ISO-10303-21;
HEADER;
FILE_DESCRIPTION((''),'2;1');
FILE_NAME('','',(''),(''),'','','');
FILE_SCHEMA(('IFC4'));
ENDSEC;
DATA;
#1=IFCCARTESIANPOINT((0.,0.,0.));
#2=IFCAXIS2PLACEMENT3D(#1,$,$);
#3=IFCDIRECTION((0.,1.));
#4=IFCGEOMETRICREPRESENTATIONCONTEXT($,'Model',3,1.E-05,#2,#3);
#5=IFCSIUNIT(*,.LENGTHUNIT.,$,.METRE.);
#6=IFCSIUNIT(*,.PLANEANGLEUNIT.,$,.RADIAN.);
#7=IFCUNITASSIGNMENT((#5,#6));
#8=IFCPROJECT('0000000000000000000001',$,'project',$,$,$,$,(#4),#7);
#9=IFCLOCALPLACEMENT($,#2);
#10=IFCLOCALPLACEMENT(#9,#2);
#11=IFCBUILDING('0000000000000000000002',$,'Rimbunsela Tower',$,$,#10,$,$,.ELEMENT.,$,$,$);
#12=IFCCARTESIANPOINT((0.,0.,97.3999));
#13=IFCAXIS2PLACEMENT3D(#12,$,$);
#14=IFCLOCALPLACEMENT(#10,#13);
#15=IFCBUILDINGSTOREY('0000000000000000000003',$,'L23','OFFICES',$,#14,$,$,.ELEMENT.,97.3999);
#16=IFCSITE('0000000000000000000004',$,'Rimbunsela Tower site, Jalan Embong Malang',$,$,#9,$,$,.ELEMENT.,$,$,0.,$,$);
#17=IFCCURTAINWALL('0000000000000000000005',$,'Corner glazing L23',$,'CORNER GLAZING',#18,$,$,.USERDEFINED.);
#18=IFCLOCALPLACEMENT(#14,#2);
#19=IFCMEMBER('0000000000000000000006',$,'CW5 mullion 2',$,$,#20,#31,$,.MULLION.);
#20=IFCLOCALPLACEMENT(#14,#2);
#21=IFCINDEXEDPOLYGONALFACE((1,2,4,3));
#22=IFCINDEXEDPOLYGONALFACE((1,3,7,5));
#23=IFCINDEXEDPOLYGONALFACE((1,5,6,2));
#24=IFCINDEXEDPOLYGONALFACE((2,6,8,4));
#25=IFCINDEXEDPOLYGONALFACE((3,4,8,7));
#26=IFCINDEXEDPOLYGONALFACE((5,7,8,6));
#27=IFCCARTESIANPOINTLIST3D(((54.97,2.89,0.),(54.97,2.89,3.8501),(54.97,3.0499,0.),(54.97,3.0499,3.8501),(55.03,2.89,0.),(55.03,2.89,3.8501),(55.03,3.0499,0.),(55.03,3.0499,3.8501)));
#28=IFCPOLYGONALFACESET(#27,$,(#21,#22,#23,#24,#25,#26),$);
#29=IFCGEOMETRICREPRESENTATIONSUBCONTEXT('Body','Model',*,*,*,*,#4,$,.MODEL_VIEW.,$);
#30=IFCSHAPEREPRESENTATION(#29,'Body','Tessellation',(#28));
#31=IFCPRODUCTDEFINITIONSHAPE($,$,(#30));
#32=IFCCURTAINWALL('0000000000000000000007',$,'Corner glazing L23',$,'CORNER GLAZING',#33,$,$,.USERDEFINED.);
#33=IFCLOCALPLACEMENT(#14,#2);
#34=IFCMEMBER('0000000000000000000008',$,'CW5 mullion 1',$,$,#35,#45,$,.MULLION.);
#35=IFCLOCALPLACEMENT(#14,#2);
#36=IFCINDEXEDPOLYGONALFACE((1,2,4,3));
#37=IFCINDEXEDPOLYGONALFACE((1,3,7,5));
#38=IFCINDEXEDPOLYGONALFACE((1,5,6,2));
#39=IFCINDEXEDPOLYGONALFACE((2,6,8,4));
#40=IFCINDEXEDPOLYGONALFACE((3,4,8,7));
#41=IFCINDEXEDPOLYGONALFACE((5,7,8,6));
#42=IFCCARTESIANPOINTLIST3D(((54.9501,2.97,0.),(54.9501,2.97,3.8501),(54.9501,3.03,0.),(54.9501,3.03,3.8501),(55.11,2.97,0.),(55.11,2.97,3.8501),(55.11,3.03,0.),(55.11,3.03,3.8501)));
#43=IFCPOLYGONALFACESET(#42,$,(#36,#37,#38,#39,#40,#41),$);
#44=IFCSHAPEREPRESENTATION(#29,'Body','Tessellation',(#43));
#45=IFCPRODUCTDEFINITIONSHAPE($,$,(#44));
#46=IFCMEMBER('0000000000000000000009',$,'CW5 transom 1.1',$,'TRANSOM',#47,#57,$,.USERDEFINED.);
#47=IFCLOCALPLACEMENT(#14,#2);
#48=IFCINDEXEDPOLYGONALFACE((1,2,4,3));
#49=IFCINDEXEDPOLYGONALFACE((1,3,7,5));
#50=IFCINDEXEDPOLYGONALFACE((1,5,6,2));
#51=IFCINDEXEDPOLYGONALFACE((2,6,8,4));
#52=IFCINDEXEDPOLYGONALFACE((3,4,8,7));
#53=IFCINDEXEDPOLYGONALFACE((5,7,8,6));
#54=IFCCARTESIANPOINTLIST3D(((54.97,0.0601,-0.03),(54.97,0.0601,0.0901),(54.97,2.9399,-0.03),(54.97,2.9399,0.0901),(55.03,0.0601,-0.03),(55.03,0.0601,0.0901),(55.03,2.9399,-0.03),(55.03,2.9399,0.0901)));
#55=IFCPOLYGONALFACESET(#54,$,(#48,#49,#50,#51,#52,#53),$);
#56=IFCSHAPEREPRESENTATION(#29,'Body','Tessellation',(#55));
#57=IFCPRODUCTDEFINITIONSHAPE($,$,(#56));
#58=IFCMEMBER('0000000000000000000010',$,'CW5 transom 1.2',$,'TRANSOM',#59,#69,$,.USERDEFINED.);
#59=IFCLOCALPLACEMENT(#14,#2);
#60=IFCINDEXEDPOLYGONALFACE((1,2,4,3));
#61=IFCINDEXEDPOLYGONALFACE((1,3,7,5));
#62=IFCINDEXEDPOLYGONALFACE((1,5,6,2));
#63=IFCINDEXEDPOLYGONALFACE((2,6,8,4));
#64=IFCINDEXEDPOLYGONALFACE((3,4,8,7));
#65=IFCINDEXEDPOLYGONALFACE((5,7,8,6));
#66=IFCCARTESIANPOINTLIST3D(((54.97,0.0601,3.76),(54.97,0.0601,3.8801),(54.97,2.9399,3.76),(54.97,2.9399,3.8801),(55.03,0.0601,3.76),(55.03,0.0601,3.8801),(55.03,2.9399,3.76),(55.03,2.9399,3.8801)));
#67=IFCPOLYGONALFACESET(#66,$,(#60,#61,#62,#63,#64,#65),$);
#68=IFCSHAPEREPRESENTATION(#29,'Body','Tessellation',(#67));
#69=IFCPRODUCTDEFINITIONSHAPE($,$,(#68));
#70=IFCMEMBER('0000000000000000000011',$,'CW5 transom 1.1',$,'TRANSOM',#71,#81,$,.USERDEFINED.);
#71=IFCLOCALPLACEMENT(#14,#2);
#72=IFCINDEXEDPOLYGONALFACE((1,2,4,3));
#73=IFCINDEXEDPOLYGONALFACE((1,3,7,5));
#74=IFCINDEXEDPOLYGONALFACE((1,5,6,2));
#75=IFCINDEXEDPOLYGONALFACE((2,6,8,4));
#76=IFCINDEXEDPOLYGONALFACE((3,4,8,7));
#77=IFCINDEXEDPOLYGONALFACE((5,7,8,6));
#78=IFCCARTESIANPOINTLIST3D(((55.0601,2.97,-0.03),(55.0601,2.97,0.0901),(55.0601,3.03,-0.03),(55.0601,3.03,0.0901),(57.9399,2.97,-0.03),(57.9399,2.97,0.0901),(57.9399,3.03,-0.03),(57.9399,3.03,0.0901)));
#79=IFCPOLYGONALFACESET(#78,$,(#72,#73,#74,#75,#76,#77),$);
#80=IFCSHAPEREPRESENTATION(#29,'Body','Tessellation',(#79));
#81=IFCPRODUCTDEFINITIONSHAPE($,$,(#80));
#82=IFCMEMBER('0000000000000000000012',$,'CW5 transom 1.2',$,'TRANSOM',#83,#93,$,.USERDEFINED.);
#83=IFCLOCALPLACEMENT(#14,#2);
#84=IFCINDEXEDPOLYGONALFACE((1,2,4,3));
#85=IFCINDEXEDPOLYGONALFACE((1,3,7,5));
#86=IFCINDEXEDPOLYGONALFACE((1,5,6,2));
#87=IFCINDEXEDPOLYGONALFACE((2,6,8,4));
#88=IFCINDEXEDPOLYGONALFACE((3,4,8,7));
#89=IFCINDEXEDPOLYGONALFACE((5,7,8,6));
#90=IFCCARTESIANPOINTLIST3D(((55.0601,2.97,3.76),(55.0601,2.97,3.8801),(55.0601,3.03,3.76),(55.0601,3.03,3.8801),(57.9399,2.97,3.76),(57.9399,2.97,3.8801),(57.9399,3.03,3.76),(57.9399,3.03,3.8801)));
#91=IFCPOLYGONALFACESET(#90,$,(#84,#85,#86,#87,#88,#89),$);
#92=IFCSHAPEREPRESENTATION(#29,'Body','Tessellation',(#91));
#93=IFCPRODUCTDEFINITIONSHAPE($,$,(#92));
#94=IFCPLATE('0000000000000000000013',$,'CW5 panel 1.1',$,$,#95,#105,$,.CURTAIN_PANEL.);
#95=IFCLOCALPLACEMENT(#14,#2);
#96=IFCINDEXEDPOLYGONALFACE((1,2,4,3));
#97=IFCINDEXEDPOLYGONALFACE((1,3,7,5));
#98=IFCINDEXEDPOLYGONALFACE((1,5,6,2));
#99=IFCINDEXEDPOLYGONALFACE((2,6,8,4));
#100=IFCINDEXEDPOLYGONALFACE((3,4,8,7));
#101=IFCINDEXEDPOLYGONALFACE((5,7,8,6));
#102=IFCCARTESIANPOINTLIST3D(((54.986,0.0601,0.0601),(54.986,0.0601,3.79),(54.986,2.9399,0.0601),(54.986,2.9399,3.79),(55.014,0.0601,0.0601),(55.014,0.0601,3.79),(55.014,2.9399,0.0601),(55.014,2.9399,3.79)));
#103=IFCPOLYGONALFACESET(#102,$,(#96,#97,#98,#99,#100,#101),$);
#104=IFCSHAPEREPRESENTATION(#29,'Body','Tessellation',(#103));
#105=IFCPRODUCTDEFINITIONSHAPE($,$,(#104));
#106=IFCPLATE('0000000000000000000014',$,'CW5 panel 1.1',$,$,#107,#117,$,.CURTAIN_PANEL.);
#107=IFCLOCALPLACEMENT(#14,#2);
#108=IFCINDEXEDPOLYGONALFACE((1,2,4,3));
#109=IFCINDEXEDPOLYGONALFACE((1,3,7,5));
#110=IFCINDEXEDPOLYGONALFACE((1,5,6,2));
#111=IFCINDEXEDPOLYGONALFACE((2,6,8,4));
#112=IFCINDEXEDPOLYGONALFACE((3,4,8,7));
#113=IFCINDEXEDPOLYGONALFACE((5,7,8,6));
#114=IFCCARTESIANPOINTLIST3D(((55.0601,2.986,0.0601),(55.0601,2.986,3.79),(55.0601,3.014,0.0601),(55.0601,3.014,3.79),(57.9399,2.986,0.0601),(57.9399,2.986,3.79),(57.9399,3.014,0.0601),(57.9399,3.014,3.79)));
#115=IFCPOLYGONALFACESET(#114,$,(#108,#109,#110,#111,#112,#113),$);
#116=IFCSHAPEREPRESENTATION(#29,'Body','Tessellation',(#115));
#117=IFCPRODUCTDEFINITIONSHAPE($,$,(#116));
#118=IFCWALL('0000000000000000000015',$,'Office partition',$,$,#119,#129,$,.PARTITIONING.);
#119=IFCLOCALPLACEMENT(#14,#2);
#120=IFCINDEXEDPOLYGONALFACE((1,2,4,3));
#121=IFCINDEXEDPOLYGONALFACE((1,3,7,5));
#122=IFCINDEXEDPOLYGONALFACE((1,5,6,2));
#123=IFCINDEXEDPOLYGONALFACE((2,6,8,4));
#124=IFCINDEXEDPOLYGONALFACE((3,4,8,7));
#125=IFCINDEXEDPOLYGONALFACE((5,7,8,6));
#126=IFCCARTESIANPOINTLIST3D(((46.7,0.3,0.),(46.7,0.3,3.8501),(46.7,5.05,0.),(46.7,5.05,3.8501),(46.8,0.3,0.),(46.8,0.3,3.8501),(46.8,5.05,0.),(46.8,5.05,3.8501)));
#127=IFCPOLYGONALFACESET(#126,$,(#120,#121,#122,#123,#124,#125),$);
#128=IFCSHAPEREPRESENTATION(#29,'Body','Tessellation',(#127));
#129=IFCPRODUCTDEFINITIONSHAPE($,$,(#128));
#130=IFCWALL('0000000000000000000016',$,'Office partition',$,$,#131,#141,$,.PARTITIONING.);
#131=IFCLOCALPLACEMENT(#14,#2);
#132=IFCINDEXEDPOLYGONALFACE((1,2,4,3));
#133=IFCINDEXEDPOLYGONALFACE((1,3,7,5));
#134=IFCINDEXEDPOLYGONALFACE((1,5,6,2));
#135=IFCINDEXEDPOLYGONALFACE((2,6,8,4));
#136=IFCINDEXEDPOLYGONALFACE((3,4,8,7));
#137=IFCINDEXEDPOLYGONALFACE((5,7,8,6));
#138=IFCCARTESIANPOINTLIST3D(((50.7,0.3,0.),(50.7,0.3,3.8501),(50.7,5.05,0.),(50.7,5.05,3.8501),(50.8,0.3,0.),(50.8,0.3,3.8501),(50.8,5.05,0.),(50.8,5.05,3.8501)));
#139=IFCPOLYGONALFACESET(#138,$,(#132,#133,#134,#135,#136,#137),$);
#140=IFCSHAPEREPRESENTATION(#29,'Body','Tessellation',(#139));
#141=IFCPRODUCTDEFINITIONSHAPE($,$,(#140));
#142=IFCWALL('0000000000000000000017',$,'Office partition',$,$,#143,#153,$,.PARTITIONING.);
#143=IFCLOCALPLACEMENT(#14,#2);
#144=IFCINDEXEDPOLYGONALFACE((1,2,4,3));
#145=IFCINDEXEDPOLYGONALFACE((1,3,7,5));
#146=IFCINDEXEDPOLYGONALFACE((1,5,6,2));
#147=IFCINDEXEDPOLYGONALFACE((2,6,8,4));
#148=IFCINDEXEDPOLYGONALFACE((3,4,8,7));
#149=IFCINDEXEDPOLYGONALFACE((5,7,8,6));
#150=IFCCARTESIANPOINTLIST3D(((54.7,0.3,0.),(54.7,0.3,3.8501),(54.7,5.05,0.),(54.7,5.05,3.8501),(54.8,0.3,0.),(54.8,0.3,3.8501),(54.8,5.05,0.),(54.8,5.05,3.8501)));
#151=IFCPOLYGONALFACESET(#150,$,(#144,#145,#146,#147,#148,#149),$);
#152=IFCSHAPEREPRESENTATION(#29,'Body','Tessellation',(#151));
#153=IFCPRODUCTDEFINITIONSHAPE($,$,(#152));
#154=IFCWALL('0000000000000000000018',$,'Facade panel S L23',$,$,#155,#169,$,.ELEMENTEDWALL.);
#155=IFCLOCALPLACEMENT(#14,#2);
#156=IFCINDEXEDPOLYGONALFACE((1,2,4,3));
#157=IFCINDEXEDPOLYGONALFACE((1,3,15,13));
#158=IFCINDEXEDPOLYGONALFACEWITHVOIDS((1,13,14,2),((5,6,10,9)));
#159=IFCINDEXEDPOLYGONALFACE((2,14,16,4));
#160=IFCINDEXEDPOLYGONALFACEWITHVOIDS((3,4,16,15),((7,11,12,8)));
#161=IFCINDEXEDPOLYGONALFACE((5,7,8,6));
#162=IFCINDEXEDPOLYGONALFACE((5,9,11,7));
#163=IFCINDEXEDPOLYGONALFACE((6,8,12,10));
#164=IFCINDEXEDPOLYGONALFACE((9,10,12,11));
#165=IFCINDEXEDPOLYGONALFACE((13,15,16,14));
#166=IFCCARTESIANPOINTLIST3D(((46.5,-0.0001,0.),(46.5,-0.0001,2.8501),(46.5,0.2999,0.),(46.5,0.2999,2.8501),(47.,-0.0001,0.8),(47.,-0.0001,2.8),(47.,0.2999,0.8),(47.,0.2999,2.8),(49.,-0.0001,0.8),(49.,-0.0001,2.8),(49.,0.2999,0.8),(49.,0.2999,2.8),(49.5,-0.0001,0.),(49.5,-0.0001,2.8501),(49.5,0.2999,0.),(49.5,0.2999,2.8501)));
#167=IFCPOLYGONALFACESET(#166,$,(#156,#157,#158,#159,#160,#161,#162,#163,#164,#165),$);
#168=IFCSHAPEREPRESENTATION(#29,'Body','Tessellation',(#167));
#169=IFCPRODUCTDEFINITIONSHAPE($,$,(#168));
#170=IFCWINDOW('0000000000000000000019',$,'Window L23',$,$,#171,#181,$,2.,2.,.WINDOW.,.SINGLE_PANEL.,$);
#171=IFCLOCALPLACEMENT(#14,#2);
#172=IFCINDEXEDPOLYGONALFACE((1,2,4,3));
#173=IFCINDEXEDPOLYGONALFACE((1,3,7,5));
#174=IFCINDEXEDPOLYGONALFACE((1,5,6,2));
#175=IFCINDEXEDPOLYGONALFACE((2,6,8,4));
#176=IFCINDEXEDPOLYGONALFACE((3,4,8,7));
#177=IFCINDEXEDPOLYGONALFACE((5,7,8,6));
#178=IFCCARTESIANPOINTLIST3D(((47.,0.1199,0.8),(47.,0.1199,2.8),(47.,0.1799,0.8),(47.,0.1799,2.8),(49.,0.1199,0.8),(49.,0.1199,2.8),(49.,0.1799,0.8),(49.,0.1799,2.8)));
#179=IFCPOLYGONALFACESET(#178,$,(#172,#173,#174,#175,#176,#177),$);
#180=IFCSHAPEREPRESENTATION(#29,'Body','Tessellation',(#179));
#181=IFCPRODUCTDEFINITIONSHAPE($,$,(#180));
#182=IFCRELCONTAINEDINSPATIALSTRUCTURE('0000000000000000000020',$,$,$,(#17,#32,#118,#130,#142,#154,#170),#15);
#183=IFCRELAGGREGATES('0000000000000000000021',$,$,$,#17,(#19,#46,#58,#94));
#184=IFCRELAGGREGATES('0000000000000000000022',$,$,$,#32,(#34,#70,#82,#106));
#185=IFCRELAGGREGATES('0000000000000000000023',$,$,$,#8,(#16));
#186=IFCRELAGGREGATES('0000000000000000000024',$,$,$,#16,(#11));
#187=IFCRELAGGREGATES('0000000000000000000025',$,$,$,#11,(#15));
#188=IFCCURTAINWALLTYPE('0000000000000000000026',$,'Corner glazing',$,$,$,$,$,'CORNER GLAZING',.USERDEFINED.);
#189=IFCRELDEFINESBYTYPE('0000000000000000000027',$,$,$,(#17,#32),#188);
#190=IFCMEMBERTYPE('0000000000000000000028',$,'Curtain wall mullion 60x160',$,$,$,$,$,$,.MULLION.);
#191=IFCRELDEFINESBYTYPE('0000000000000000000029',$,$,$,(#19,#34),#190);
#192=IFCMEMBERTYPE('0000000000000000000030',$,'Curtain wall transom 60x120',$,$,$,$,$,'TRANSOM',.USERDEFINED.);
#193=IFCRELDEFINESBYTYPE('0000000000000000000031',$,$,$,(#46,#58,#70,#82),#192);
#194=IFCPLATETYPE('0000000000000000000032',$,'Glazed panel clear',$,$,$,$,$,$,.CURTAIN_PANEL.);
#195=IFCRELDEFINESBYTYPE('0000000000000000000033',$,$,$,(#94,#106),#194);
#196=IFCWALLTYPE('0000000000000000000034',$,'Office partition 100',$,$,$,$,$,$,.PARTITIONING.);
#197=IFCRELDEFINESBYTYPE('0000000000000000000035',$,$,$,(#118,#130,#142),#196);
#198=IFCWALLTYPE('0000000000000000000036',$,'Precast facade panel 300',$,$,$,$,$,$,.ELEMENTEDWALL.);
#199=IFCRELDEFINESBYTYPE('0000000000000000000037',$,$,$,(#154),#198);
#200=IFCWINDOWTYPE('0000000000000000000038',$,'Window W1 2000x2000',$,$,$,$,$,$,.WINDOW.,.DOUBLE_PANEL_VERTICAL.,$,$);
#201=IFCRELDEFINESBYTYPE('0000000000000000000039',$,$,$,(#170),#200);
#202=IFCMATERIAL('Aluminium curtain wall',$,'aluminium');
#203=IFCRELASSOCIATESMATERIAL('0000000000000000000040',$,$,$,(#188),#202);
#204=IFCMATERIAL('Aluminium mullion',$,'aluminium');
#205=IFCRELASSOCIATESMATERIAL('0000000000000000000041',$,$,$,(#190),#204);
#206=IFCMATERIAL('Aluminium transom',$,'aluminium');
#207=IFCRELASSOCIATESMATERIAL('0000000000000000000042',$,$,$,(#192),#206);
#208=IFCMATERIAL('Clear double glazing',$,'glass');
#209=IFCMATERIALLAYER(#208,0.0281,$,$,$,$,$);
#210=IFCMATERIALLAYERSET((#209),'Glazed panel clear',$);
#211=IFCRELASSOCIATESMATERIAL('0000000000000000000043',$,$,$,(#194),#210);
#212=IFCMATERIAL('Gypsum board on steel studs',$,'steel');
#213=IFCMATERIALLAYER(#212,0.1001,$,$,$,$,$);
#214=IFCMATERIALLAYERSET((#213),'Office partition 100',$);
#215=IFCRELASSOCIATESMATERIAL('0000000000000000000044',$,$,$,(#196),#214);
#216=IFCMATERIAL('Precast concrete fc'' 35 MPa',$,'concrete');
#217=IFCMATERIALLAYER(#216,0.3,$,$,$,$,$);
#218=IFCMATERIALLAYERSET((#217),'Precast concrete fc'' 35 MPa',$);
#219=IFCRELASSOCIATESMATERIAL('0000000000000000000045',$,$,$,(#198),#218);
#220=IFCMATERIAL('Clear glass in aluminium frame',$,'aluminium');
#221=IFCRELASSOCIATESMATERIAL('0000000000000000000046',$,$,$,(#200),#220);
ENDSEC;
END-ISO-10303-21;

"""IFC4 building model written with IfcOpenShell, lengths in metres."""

from ifc_helpers import new_model, si_unit, direction, frame, frame_2d, origin, origin_2d, place, context, subcontext, project, spatial, rectangle, extrude, material, layer, layer_set, material_profile, profile_set, type_object, element, fill, aggregate, save


model = new_model("IFC4")

# Units and contexts
model_context = context("Model", 3, precision=1e-05, world=origin(), true_north=direction((0.0, 1.0)))
body_context = subcontext(model_context, "Body", "Model", "MODEL_VIEW")
ifc_project = project(units=[si_unit("LENGTHUNIT", "METRE"), si_unit("PLANEANGLEUNIT", "RADIAN")], contexts=[model_context])

# Site, building, storey
site_placement = place(None, origin())
site = spatial("IfcSite", under=ifc_project, at=site_placement, Name="Rimbunsela Tower site, Jalan Embong Malang", CompositionType="ELEMENT", RefElevation=0.0)
building_placement = place(site_placement, origin())
building = spatial("IfcBuilding", under=site, at=building_placement, Name="Rimbunsela Tower", CompositionType="ELEMENT")
storey_placement = place(building_placement, frame((0.0, 0.0, 97.3999)))
storey = spatial("IfcBuildingStorey", under=building, at=storey_placement, Name="L23", Description="OFFICES", CompositionType="ELEMENT", Elevation=97.3999)

# Curtain wall, member
ifc_material_1 = material(Name="Aluminium curtain wall", Category="aluminium")
curtain_wall_type = type_object("IfcCurtainWallType", Name="Corner glazing", ElementType="CORNER GLAZING", PredefinedType="USERDEFINED", material=ifc_material_1)
curtain_wall_1_placement = place(storey_placement, origin())
curtain_wall_1 = element("IfcCurtainWall", 1, at=curtain_wall_1_placement, inside=storey, type_object=curtain_wall_type, Name="Corner glazing L23", ObjectType="CORNER GLAZING", PredefinedType="USERDEFINED")
ifc_material_2 = material(Name="Aluminium mullion", Category="aluminium")
ifc_material_profile_1 = material_profile(ifc_material_2, rectangle(XDim=0.0601, YDim=0.1599, at=origin_2d()), Name="Mullion 60x160")
ifc_profile_set_1 = profile_set([ifc_material_profile_1], Name="Aluminium mullion")
member_type_1 = type_object("IfcMemberType", Name="Curtain wall mullion 60x160", PredefinedType="MULLION", material=ifc_profile_set_1)
member_1_placement = place(storey_placement, frame((55.0, 2.97, 0.0), z_axis=(0.0, 0.0, 1.0), x_axis=(-1.0, 0.0, 0.0)))
member_1 = element("IfcMember", 2, at=member_1_placement, type_object=member_type_1, Name="CW5 mullion 2", PredefinedType="MULLION", context=body_context, shape_type="SweptSolid", body=[
    extrude(rectangle(XDim=0.0601, YDim=0.1599, at=origin_2d()), origin(), (0.0, 0.0, 1.0), 3.8501),
])

# Curtain wall, member
curtain_wall_2_placement = place(storey_placement, origin())
curtain_wall_2 = element("IfcCurtainWall", 3, at=curtain_wall_2_placement, inside=storey, type_object=curtain_wall_type, Name="Corner glazing L23", ObjectType="CORNER GLAZING", PredefinedType="USERDEFINED")
member_2_placement = place(storey_placement, frame((55.03, 3.0, 0.0), z_axis=(0.0, 0.0, 1.0), x_axis=(0.0, 1.0, 0.0)))
member_2 = element("IfcMember", 4, at=member_2_placement, type_object=member_type_1, Name="CW5 mullion 1", PredefinedType="MULLION", context=body_context, shape_type="SweptSolid", body=[
    extrude(rectangle(XDim=0.0601, YDim=0.1599, at=origin_2d()), origin(), (0.0, 0.0, 1.0), 3.8501),
])

# Members
ifc_material_3 = material(Name="Aluminium transom", Category="aluminium")
ifc_material_profile_2 = material_profile(ifc_material_3, rectangle(XDim=0.0601, YDim=0.1201, at=origin_2d()), Name="Transom 60x120")
ifc_profile_set_2 = profile_set([ifc_material_profile_2], Name="Aluminium transom")
member_type_2 = type_object("IfcMemberType", Name="Curtain wall transom 60x120", ElementType="TRANSOM", PredefinedType="USERDEFINED", material=ifc_profile_set_2)
member_3_placement = place(storey_placement, frame((55.0, 0.0601, 0.03), z_axis=(0.0, 1.0, 0.0), x_axis=(-1.0, 0.0, 0.0)))
member_3 = element("IfcMember", 5, at=member_3_placement, type_object=member_type_2, Name="CW5 transom 1.1", ObjectType="TRANSOM", PredefinedType="USERDEFINED", context=body_context, shape_type="SweptSolid", body=[
    extrude(rectangle(XDim=0.0601, YDim=0.1201, at=origin_2d()), origin(), (0.0, 0.0, 1.0), 2.8799),
])
member_4_placement = place(storey_placement, frame((55.0, 0.0601, 3.8201), z_axis=(0.0, 1.0, 0.0), x_axis=(-1.0, 0.0, 0.0)))
member_4 = element("IfcMember", 6, at=member_4_placement, type_object=member_type_2, Name="CW5 transom 1.2", ObjectType="TRANSOM", PredefinedType="USERDEFINED", context=body_context, shape_type="SweptSolid", body=[
    extrude(rectangle(XDim=0.0601, YDim=0.1201, at=origin_2d()), origin(), (0.0, 0.0, 1.0), 2.8799),
])
member_5_placement = place(storey_placement, frame((55.0601, 3.0, 0.03), z_axis=(1.0, 0.0, 0.0), x_axis=(0.0, 1.0, 0.0)))
member_5 = element("IfcMember", 7, at=member_5_placement, type_object=member_type_2, Name="CW5 transom 1.1", ObjectType="TRANSOM", PredefinedType="USERDEFINED", context=body_context, shape_type="SweptSolid", body=[
    extrude(rectangle(XDim=0.0601, YDim=0.1201, at=origin_2d()), origin(), (0.0, 0.0, 1.0), 2.8799),
])
member_6_placement = place(storey_placement, frame((55.0601, 3.0, 3.8201), z_axis=(1.0, 0.0, 0.0), x_axis=(0.0, 1.0, 0.0)))
member_6 = element("IfcMember", 8, at=member_6_placement, type_object=member_type_2, Name="CW5 transom 1.2", ObjectType="TRANSOM", PredefinedType="USERDEFINED", context=body_context, shape_type="SweptSolid", body=[
    extrude(rectangle(XDim=0.0601, YDim=0.1201, at=origin_2d()), origin(), (0.0, 0.0, 1.0), 2.8799),
])

# Plates
ifc_material_4 = material(Name="Clear double glazing", Category="glass")
ifc_layer_1 = layer(ifc_material_4, 0.0281)
ifc_layer_set_1 = layer_set([ifc_layer_1], Name="Glazed panel clear")
plate_type = type_object("IfcPlateType", Name="Glazed panel clear", PredefinedType="CURTAIN_PANEL", material=ifc_layer_set_1)
plate_1_placement = place(storey_placement, frame((55.0, 1.5, 0.0601), z_axis=(0.0, 0.0, 1.0), x_axis=(0.0, 1.0, 0.0)))
plate_1 = element("IfcPlate", 9, at=plate_1_placement, type_object=plate_type, Name="CW5 panel 1.1", PredefinedType="CURTAIN_PANEL", context=body_context, shape_type="SweptSolid", body=[
    extrude(rectangle(XDim=2.8799, YDim=0.0281, at=origin_2d()), origin(), (0.0, 0.0, 1.0), 3.73),
])
aggregate(curtain_wall_1, [member_1, member_3, member_4, plate_1])
plate_2_placement = place(storey_placement, frame((56.5, 3.0, 0.0601), z_axis=(0.0, 0.0, 1.0), x_axis=(1.0, 0.0, 0.0)))
plate_2 = element("IfcPlate", 10, at=plate_2_placement, type_object=plate_type, Name="CW5 panel 1.1", PredefinedType="CURTAIN_PANEL", context=body_context, shape_type="SweptSolid", body=[
    extrude(rectangle(XDim=2.8799, YDim=0.0281, at=origin_2d()), origin(), (0.0, 0.0, 1.0), 3.73),
])
aggregate(curtain_wall_2, [member_2, member_5, member_6, plate_2])

# Walls
ifc_material_5 = material(Name="Gypsum board on steel studs", Category="steel")
ifc_layer_2 = layer(ifc_material_5, 0.1001)
ifc_layer_set_2 = layer_set([ifc_layer_2], Name="Office partition 100")
wall_type_1 = type_object("IfcWallType", Name="Office partition 100", PredefinedType="PARTITIONING", material=ifc_layer_set_2)
for number, where, z_axis, x_axis, name in (
    (11, (46.75, 0.3, 0.0), (0.0, 0.0, 1.0), (0.0, 1.0, 0.0), "Office partition"),
    (12, (50.75, 0.3, 0.0), (0.0, 0.0, 1.0), (0.0, 1.0, 0.0), "Office partition"),
    (13, (54.75, 0.3, 0.0), (0.0, 0.0, 1.0), (0.0, 1.0, 0.0), "Office partition"),
):
    element("IfcWall", number, at=place(storey_placement, frame(where, z_axis=z_axis, x_axis=x_axis)), inside=storey, type_object=wall_type_1, Name=name, PredefinedType="PARTITIONING", context=body_context, shape_type="SweptSolid", body=[
        extrude(rectangle(XDim=4.75, YDim=0.1001, at=frame_2d((2.375, 0.0))), origin(), (0.0, 0.0, 1.0), 3.8501),
    ])

# Wall, opening, window
ifc_material_6 = material(Name="Precast concrete fc' 35 MPa", Category="concrete")
ifc_layer_3 = layer(ifc_material_6, 0.3)
ifc_layer_set_3 = layer_set([ifc_layer_3], Name="Precast concrete fc' 35 MPa")
wall_type_2 = type_object("IfcWallType", Name="Precast facade panel 300", PredefinedType="ELEMENTEDWALL", material=ifc_layer_set_3)
wall_1_placement = place(storey_placement, frame((46.5, 0.1499, 0.0), z_axis=(0.0, 0.0, 1.0), x_axis=(1.0, 0.0, 0.0)))
wall_1 = element("IfcWall", 14, at=wall_1_placement, inside=storey, type_object=wall_type_2, Name="Facade panel S L23", PredefinedType="ELEMENTEDWALL", context=body_context, shape_type="SweptSolid", body=[
    extrude(rectangle(XDim=3.0, YDim=0.3, at=frame_2d((1.5, 0.0))), origin(), (0.0, 0.0, 1.0), 2.8501),
])
opening_1_placement = place(wall_1_placement, frame((0.5, 0.0, 0.8)))
opening_1 = element("IfcOpeningElement", 15, at=opening_1_placement, cuts=wall_1, PredefinedType="OPENING", context=body_context, shape_type="SweptSolid", body=[
    extrude(rectangle(XDim=2.0, YDim=2.0, at=frame_2d((1.0, 1.0))), frame((0.0, 0.1599, 0.0), z_axis=(0.0, -1.0, 0.0), x_axis=(1.0, 0.0, 0.0)), (0.0, 0.0, 1.0), 0.3201),
])
ifc_material_7 = material(Name="Clear glass in aluminium frame", Category="aluminium")
window_type = type_object("IfcWindowType", Name="Window W1 2000x2000", PartitioningType="DOUBLE_PANEL_VERTICAL", PredefinedType="WINDOW", material=ifc_material_7)
window_1_placement = place(opening_1_placement, origin())
window_1 = element("IfcWindow", 16, at=window_1_placement, inside=storey, type_object=window_type, Name="Window L23", OverallHeight=2.0, OverallWidth=2.0, PartitioningType="SINGLE_PANEL", PredefinedType="WINDOW", context=body_context, shape_type="SweptSolid", body=[
    extrude(rectangle(XDim=2.0, YDim=2.0, at=frame_2d((1.0, 1.0))), frame((0.0, 0.03, 0.0), z_axis=(0.0, -1.0, 0.0), x_axis=(1.0, 0.0, 0.0)), (0.0, 0.0, 1.0), 0.0601),
])
fill(opening_1, window_1)

save(model, "model.ifc")
